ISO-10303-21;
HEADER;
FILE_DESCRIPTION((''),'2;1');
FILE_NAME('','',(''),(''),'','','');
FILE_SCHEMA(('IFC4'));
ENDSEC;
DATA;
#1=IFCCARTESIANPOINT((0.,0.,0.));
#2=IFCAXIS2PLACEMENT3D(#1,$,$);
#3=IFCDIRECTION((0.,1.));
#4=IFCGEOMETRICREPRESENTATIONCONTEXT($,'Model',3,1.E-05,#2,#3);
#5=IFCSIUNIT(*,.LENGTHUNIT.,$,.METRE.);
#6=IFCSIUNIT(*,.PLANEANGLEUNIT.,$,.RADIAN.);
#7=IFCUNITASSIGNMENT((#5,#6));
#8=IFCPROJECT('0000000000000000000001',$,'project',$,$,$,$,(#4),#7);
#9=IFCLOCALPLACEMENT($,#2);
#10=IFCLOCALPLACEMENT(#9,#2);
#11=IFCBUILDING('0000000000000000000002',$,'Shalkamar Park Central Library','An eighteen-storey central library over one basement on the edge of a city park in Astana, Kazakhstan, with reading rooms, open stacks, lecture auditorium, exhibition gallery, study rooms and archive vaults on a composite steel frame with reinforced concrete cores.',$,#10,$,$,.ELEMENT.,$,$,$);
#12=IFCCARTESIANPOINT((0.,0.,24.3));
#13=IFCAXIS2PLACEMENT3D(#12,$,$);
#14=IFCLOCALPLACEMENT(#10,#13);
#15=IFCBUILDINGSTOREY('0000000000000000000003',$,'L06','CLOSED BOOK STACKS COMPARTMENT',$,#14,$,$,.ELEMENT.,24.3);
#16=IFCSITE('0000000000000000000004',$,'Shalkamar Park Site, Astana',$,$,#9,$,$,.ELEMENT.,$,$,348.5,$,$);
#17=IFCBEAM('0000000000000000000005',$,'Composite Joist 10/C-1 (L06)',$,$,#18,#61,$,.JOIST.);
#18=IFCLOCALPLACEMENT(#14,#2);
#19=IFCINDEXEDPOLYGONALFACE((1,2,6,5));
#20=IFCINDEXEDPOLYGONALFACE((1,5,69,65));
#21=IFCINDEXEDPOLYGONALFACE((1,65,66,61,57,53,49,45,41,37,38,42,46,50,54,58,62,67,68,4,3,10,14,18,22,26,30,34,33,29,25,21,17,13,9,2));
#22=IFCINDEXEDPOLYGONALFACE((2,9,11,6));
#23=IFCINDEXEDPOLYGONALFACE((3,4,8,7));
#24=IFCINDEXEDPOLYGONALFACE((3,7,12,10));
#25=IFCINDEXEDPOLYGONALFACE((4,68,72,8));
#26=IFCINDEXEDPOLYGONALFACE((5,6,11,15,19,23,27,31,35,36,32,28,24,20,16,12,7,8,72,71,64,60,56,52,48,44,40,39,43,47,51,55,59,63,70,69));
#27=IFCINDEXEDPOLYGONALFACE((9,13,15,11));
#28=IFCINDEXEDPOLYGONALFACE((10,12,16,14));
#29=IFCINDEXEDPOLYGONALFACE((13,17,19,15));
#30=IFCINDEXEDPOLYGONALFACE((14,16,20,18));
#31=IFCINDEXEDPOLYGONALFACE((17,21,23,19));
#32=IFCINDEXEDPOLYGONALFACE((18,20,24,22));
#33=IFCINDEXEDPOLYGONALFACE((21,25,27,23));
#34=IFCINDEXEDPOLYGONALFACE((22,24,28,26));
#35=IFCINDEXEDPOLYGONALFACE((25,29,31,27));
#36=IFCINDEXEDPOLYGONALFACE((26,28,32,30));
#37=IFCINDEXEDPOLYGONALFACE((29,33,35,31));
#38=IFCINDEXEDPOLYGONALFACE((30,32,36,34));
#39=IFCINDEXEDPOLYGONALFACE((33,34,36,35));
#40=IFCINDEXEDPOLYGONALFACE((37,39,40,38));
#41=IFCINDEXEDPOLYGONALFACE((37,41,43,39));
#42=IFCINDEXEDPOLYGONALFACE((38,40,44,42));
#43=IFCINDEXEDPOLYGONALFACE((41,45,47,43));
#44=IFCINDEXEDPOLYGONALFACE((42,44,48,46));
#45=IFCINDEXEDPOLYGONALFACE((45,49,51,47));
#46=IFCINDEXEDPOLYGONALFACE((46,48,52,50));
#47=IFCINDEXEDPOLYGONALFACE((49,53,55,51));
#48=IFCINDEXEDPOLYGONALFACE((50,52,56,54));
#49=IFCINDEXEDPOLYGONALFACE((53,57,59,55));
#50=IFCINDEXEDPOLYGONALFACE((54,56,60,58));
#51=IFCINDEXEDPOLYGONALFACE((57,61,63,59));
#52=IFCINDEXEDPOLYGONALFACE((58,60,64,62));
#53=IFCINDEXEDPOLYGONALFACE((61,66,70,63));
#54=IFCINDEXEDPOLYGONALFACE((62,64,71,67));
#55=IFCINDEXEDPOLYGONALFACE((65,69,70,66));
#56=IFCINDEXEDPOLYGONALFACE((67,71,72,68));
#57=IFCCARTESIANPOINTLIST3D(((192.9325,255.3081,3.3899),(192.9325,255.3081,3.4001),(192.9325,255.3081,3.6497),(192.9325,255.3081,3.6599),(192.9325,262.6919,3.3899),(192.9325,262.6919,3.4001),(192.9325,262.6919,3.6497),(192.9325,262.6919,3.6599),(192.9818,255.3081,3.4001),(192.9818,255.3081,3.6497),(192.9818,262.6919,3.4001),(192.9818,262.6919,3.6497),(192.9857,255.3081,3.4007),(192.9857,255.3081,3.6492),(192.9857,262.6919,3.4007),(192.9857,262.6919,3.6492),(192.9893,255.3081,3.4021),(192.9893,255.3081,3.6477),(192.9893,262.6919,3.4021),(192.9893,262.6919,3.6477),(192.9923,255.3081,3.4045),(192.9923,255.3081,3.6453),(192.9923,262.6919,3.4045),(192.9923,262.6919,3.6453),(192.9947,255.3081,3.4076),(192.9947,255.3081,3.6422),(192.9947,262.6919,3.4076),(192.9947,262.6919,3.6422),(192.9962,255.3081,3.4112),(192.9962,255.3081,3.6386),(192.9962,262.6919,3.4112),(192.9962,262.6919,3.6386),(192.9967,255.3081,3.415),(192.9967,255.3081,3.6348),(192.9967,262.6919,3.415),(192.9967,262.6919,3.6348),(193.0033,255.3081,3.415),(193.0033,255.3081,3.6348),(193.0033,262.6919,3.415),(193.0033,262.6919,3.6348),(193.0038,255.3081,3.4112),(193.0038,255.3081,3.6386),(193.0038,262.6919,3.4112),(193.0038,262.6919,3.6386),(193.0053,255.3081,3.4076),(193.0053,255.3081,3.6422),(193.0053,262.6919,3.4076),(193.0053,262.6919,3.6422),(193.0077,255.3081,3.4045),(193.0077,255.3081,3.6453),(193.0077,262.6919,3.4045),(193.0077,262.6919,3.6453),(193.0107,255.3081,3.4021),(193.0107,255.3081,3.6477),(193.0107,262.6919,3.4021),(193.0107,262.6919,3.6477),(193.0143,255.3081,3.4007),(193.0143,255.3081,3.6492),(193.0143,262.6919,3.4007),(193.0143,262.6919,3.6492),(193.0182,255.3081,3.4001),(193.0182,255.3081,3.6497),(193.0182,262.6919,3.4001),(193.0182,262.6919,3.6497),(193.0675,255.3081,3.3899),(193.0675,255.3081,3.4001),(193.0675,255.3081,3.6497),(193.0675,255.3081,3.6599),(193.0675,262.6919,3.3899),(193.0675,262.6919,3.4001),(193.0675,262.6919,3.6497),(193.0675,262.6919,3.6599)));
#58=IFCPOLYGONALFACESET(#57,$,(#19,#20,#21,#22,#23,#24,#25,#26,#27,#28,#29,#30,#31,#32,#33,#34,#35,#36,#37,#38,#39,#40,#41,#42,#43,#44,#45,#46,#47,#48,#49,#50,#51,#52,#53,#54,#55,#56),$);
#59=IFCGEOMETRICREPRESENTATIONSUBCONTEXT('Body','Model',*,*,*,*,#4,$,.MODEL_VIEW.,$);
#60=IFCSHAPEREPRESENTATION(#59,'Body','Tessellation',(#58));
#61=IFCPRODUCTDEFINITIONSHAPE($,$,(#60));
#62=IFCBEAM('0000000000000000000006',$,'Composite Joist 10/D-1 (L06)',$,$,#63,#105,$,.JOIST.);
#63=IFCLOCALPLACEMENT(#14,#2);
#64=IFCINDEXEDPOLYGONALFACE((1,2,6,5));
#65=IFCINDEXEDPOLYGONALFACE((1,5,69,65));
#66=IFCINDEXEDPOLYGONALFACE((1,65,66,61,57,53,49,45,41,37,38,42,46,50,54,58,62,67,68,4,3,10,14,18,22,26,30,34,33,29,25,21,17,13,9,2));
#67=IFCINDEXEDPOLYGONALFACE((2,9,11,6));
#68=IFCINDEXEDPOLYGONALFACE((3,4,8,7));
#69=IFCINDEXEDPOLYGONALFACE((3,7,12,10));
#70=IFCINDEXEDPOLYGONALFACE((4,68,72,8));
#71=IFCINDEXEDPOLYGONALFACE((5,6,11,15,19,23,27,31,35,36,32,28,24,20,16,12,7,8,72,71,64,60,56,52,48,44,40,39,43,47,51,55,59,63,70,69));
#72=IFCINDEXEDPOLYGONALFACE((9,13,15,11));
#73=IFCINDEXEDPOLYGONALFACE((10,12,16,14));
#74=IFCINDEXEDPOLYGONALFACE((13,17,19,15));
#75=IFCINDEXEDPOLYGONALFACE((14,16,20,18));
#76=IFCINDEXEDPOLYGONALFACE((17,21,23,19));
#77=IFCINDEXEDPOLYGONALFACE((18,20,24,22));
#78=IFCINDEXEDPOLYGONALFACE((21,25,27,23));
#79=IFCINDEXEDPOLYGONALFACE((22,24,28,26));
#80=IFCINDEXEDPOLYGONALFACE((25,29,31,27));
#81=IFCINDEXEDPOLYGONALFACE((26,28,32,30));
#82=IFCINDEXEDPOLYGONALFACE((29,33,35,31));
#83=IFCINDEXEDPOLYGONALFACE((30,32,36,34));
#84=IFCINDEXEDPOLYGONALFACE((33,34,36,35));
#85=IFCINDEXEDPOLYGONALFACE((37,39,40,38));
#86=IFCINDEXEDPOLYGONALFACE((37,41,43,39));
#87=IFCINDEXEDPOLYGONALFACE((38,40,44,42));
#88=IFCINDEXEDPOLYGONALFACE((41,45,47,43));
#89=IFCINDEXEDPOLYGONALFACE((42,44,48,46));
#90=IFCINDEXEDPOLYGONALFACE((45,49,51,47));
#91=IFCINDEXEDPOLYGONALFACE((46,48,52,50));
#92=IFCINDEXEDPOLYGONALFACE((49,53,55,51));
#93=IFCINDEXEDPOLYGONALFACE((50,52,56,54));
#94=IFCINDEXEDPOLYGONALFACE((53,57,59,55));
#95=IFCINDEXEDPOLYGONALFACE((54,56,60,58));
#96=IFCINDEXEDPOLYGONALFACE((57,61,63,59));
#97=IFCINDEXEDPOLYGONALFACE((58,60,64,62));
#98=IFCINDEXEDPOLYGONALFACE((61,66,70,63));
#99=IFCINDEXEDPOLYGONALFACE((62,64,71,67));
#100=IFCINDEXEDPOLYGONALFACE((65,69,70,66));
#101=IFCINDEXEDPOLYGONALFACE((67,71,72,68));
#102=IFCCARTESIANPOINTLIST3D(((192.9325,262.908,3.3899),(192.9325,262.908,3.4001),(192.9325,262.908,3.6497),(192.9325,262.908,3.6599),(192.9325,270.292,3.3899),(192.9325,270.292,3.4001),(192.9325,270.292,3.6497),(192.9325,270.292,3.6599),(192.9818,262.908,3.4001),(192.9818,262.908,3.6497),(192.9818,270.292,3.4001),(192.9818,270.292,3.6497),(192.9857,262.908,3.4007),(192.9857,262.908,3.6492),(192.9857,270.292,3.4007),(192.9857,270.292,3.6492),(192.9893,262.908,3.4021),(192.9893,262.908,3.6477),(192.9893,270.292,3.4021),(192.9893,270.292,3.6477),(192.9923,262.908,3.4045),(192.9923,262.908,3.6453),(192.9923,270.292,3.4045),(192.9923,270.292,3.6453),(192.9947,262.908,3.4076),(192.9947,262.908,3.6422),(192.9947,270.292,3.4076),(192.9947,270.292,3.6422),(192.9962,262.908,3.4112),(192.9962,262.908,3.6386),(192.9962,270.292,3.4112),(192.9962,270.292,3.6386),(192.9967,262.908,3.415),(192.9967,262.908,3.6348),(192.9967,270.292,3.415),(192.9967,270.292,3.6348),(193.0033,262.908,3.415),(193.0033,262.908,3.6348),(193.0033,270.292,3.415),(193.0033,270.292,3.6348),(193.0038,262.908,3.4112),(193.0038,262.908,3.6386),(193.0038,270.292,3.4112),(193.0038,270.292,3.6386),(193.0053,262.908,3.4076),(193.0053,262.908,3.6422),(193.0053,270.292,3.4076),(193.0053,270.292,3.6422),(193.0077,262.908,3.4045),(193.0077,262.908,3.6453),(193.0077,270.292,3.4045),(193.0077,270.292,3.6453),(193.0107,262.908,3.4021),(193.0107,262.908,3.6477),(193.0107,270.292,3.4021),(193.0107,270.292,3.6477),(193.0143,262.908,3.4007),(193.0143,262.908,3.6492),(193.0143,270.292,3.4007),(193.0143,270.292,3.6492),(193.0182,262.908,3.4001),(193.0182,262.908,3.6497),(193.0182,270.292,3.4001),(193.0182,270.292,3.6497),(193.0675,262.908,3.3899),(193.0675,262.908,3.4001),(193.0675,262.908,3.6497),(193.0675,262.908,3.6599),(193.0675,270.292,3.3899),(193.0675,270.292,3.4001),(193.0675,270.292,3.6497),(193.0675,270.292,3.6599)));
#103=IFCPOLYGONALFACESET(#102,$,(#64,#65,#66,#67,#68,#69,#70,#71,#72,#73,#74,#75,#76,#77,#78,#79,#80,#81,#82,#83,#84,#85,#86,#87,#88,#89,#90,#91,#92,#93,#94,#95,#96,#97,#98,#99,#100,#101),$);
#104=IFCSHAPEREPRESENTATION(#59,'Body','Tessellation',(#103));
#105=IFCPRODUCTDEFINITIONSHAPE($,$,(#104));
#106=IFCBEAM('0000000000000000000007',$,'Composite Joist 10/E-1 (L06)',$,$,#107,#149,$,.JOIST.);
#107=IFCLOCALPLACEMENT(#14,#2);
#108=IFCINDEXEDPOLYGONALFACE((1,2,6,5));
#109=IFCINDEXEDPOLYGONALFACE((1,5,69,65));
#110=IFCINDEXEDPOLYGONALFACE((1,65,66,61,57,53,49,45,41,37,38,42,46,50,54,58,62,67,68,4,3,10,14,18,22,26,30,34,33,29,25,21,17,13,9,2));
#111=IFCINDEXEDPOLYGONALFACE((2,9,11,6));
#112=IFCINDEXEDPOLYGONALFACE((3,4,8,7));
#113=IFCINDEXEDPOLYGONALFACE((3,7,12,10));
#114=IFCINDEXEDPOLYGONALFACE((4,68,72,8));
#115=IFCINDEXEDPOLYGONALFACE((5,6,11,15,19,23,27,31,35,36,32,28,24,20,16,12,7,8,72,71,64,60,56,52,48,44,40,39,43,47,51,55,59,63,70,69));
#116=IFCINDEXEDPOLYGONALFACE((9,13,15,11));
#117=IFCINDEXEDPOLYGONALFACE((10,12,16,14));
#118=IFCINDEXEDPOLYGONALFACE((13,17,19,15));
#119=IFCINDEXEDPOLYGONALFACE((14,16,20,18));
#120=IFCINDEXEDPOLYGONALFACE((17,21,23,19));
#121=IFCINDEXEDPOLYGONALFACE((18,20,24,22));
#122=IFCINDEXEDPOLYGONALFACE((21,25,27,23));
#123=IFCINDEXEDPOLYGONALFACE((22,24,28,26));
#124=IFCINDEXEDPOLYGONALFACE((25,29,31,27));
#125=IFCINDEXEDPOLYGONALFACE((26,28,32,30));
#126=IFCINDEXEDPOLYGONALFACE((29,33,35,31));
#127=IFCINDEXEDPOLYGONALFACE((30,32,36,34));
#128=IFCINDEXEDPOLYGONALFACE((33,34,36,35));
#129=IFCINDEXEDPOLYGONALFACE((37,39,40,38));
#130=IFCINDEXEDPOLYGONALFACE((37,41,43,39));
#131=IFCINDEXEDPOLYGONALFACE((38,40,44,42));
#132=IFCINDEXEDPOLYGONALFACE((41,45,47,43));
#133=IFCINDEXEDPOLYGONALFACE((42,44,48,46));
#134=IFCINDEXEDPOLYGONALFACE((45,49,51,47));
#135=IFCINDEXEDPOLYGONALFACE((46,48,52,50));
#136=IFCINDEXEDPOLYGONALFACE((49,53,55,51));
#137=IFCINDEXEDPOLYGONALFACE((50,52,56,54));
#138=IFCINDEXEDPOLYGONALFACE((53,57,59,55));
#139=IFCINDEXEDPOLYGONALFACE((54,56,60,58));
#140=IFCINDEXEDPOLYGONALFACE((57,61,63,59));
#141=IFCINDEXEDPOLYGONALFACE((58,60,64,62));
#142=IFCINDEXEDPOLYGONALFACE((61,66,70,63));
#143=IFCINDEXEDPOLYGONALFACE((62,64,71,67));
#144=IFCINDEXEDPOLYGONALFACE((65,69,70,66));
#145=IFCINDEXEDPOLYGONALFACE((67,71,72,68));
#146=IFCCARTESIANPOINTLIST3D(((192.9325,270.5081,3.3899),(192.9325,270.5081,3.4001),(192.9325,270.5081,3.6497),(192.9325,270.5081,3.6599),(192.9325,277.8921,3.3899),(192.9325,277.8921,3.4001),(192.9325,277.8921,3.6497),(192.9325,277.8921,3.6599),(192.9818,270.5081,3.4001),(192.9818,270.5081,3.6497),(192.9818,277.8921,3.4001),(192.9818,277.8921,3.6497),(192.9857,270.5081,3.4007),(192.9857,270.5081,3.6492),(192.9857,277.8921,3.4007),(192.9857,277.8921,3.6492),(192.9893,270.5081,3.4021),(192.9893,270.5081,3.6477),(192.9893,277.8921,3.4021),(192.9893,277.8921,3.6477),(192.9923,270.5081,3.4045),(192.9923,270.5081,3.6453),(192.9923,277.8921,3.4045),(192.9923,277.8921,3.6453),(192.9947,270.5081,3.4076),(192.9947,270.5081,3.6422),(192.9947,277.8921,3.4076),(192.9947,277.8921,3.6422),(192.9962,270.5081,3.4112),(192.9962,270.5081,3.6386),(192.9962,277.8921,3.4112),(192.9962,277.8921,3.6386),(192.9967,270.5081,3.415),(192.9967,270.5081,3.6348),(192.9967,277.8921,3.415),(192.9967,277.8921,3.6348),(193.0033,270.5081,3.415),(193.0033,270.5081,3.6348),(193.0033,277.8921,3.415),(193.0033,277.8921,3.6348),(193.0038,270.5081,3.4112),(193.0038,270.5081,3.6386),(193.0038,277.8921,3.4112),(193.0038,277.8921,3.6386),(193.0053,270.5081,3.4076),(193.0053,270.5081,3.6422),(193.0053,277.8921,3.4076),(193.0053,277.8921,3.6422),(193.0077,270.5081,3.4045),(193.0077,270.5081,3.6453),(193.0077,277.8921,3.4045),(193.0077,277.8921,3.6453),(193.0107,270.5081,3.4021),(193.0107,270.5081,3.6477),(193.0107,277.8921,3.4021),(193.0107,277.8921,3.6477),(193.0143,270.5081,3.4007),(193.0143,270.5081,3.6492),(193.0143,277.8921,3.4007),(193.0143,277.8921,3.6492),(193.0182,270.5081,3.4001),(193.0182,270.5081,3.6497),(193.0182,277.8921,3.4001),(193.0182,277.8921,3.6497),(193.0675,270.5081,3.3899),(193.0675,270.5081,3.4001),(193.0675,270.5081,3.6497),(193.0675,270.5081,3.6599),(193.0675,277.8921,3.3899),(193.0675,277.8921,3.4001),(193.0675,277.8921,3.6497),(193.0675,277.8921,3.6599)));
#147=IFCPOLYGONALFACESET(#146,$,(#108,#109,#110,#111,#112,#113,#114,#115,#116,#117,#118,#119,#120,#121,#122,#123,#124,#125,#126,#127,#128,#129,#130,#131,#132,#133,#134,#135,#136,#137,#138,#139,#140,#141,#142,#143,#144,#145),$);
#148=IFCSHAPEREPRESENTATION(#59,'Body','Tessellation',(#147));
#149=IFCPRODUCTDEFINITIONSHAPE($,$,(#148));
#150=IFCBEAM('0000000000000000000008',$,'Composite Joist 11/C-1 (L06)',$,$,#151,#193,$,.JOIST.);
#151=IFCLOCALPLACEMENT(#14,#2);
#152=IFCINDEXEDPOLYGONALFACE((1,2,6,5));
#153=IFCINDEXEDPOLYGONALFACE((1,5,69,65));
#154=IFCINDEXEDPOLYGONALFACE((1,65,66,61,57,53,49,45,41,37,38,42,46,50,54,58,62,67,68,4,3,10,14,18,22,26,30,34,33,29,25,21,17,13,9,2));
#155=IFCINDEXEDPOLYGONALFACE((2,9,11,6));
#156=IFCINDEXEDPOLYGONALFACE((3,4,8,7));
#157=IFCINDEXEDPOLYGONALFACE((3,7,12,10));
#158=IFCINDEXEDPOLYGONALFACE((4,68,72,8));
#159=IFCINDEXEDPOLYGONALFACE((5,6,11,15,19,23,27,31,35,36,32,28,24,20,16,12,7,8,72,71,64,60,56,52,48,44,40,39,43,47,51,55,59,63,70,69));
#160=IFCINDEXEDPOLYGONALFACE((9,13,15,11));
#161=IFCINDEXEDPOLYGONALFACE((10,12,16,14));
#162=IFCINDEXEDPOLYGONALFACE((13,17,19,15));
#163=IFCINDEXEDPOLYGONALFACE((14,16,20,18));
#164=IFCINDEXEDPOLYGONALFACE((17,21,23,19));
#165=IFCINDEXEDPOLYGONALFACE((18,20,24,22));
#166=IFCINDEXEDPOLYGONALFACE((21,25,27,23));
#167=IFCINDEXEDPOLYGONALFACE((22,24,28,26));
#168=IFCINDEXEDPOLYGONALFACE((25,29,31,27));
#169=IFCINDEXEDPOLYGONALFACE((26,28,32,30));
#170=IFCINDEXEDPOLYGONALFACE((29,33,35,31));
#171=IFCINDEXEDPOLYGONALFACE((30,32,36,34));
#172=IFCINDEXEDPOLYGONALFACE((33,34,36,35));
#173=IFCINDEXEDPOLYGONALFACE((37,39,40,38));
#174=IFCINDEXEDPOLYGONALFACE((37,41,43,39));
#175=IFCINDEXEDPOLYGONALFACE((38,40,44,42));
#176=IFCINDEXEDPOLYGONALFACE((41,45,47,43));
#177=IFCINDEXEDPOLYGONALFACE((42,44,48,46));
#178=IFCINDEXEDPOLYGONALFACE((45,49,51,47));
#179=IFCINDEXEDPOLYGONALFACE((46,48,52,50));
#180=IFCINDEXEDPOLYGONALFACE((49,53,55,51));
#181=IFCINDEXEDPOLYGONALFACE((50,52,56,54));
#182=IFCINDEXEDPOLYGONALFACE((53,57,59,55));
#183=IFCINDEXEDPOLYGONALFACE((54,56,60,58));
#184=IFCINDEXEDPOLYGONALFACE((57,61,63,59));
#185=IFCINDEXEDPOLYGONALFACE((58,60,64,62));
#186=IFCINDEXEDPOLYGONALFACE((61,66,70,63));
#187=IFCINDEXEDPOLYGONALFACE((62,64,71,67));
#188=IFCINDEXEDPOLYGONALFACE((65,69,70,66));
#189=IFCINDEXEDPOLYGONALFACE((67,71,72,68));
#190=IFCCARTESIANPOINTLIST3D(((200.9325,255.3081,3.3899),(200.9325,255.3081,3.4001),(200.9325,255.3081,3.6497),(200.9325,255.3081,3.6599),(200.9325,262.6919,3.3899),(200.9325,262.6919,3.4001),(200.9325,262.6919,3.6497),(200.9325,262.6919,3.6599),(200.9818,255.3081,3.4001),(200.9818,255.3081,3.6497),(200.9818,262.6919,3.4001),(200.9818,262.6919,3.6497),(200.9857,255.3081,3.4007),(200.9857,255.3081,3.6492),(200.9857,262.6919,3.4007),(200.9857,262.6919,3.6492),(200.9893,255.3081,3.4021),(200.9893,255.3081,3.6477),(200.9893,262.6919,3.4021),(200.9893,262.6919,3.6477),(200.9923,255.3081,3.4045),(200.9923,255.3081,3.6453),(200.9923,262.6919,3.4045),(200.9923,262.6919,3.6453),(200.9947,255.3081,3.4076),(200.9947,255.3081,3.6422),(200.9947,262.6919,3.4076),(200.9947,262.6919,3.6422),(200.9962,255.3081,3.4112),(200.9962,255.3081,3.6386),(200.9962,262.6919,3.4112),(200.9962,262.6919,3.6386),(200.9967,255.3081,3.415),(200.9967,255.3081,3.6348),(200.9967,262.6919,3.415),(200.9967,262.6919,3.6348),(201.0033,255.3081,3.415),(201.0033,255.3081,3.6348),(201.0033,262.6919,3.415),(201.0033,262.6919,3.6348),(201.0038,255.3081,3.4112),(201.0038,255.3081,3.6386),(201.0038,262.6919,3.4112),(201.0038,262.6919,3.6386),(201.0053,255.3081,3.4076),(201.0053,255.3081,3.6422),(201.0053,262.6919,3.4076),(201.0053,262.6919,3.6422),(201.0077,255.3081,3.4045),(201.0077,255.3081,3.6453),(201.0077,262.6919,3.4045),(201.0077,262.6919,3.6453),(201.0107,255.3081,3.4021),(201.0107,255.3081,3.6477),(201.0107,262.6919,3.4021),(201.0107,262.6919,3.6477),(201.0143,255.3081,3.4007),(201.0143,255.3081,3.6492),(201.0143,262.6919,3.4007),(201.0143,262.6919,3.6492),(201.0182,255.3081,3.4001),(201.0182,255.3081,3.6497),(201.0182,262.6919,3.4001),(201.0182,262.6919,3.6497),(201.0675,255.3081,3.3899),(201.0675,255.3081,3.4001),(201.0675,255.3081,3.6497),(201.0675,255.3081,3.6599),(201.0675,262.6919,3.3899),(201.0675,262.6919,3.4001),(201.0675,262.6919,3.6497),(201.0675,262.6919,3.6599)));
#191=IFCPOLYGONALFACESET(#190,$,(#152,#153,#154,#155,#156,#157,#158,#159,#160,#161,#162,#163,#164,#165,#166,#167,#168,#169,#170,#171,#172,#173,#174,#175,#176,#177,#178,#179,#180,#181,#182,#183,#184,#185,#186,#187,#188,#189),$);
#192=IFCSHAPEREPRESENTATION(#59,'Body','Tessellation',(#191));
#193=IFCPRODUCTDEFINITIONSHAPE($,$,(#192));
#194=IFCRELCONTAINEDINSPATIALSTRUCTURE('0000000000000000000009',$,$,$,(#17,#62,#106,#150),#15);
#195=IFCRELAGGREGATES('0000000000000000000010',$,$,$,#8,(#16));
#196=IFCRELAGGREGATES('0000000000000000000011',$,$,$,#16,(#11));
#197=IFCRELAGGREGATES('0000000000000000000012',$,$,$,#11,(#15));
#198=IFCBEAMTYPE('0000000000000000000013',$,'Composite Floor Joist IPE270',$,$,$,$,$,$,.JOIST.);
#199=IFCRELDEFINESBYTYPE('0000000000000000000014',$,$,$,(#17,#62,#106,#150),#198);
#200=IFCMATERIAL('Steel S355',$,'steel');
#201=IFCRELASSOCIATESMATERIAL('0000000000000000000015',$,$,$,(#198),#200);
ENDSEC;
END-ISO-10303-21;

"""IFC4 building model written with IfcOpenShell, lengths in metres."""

from ifc_helpers import new_model, si_unit, direction, frame, origin, origin_2d, place, context, subcontext, project, spatial, i_section, extrude, material, material_profile, profile_set, type_object, element, save


model = new_model("IFC4")

# Units and contexts
model_context = context("Model", 3, precision=1e-05, world=origin(), true_north=direction((0.0, 1.0)))
body_context = subcontext(model_context, "Body", "Model", "MODEL_VIEW")
ifc_project = project(units=[si_unit("LENGTHUNIT", "METRE"), si_unit("PLANEANGLEUNIT", "RADIAN")], contexts=[model_context])

# Site, building, storey
site_placement = place(None, origin())
site = spatial("IfcSite", under=ifc_project, at=site_placement, Name="Shalkamar Park Site, Astana", CompositionType="ELEMENT", RefElevation=348.5)
building_placement = place(site_placement, origin())
building = spatial("IfcBuilding", under=site, at=building_placement, Name="Shalkamar Park Central Library", Description="An eighteen-storey central library over one basement on the edge of a city park in Astana, Kazakhstan, with reading rooms, open stacks, lecture auditorium, exhibition gallery, study rooms and archive vaults on a composite steel frame with reinforced concrete cores.", CompositionType="ELEMENT")
storey_placement = place(building_placement, frame((0.0, 0.0, 24.3)))
storey = spatial("IfcBuildingStorey", under=building, at=storey_placement, Name="L06", Description="CLOSED BOOK STACKS COMPARTMENT", CompositionType="ELEMENT", Elevation=24.3)

# Shared definitions
ifc_material_1 = material(Name="Steel S355", Category="steel")

# Beams
ifc_material_profile_1 = material_profile(ifc_material_1, i_section(OverallWidth=0.135, OverallDepth=0.27, WebThickness=0.0066, FlangeThickness=0.0103, FilletRadius=0.0149, at=origin_2d()), Name="IPE 270")
ifc_profile_set_1 = profile_set([ifc_material_profile_1], Name="Steel S355")
beam_type_1 = type_object("IfcBeamType", Name="Composite Floor Joist IPE270", PredefinedType="JOIST", material=ifc_profile_set_1)
beam_1_placement = place(storey_placement, frame((193.0, 255.3081, 3.5249), z_axis=(0.0, 1.0, 0.0), x_axis=(-1.0, 0.0, 0.0)))
element("IfcBeam", 1, at=beam_1_placement, inside=storey, type_object=beam_type_1, Name="Composite Joist 10/C-1 (L06)", PredefinedType="JOIST", context=body_context, shape_type="SweptSolid", body=[
    extrude(i_section(OverallWidth=0.135, OverallDepth=0.27, WebThickness=0.0066, FlangeThickness=0.0103, FilletRadius=0.0149, at=origin_2d()), origin(), (0.0, 0.0, 1.0), 7.3838),
])
for number, where, z_axis, x_axis, name in (
    (2, (193.0, 262.908, 3.5249), (0.0, 1.0, 0.0), (-1.0, 0.0, 0.0), "Composite Joist 10/D-1 (L06)"),
    (3, (193.0, 270.5081, 3.5249), (0.0, 1.0, 0.0), (-1.0, 0.0, 0.0), "Composite Joist 10/E-1 (L06)"),
):
    element("IfcBeam", number, at=place(storey_placement, frame(where, z_axis=z_axis, x_axis=x_axis)), inside=storey, type_object=beam_type_1, Name=name, PredefinedType="JOIST", context=body_context, shape_type="SweptSolid", body=[
        extrude(i_section(OverallWidth=0.135, OverallDepth=0.27, WebThickness=0.0066, FlangeThickness=0.0103, FilletRadius=0.0149, at=origin_2d()), origin(), (0.0, 0.0, 1.0), 7.384),
    ])
beam_2_placement = place(storey_placement, frame((201.0, 255.3081, 3.5249), z_axis=(0.0, 1.0, 0.0), x_axis=(-1.0, 0.0, 0.0)))
element("IfcBeam", 4, at=beam_2_placement, inside=storey, type_object=beam_type_1, Name="Composite Joist 11/C-1 (L06)", PredefinedType="JOIST", context=body_context, shape_type="SweptSolid", body=[
    extrude(i_section(OverallWidth=0.135, OverallDepth=0.27, WebThickness=0.0066, FlangeThickness=0.0103, FilletRadius=0.0149, at=origin_2d()), origin(), (0.0, 0.0, 1.0), 7.3838),
])

save(model, "model.ifc")
